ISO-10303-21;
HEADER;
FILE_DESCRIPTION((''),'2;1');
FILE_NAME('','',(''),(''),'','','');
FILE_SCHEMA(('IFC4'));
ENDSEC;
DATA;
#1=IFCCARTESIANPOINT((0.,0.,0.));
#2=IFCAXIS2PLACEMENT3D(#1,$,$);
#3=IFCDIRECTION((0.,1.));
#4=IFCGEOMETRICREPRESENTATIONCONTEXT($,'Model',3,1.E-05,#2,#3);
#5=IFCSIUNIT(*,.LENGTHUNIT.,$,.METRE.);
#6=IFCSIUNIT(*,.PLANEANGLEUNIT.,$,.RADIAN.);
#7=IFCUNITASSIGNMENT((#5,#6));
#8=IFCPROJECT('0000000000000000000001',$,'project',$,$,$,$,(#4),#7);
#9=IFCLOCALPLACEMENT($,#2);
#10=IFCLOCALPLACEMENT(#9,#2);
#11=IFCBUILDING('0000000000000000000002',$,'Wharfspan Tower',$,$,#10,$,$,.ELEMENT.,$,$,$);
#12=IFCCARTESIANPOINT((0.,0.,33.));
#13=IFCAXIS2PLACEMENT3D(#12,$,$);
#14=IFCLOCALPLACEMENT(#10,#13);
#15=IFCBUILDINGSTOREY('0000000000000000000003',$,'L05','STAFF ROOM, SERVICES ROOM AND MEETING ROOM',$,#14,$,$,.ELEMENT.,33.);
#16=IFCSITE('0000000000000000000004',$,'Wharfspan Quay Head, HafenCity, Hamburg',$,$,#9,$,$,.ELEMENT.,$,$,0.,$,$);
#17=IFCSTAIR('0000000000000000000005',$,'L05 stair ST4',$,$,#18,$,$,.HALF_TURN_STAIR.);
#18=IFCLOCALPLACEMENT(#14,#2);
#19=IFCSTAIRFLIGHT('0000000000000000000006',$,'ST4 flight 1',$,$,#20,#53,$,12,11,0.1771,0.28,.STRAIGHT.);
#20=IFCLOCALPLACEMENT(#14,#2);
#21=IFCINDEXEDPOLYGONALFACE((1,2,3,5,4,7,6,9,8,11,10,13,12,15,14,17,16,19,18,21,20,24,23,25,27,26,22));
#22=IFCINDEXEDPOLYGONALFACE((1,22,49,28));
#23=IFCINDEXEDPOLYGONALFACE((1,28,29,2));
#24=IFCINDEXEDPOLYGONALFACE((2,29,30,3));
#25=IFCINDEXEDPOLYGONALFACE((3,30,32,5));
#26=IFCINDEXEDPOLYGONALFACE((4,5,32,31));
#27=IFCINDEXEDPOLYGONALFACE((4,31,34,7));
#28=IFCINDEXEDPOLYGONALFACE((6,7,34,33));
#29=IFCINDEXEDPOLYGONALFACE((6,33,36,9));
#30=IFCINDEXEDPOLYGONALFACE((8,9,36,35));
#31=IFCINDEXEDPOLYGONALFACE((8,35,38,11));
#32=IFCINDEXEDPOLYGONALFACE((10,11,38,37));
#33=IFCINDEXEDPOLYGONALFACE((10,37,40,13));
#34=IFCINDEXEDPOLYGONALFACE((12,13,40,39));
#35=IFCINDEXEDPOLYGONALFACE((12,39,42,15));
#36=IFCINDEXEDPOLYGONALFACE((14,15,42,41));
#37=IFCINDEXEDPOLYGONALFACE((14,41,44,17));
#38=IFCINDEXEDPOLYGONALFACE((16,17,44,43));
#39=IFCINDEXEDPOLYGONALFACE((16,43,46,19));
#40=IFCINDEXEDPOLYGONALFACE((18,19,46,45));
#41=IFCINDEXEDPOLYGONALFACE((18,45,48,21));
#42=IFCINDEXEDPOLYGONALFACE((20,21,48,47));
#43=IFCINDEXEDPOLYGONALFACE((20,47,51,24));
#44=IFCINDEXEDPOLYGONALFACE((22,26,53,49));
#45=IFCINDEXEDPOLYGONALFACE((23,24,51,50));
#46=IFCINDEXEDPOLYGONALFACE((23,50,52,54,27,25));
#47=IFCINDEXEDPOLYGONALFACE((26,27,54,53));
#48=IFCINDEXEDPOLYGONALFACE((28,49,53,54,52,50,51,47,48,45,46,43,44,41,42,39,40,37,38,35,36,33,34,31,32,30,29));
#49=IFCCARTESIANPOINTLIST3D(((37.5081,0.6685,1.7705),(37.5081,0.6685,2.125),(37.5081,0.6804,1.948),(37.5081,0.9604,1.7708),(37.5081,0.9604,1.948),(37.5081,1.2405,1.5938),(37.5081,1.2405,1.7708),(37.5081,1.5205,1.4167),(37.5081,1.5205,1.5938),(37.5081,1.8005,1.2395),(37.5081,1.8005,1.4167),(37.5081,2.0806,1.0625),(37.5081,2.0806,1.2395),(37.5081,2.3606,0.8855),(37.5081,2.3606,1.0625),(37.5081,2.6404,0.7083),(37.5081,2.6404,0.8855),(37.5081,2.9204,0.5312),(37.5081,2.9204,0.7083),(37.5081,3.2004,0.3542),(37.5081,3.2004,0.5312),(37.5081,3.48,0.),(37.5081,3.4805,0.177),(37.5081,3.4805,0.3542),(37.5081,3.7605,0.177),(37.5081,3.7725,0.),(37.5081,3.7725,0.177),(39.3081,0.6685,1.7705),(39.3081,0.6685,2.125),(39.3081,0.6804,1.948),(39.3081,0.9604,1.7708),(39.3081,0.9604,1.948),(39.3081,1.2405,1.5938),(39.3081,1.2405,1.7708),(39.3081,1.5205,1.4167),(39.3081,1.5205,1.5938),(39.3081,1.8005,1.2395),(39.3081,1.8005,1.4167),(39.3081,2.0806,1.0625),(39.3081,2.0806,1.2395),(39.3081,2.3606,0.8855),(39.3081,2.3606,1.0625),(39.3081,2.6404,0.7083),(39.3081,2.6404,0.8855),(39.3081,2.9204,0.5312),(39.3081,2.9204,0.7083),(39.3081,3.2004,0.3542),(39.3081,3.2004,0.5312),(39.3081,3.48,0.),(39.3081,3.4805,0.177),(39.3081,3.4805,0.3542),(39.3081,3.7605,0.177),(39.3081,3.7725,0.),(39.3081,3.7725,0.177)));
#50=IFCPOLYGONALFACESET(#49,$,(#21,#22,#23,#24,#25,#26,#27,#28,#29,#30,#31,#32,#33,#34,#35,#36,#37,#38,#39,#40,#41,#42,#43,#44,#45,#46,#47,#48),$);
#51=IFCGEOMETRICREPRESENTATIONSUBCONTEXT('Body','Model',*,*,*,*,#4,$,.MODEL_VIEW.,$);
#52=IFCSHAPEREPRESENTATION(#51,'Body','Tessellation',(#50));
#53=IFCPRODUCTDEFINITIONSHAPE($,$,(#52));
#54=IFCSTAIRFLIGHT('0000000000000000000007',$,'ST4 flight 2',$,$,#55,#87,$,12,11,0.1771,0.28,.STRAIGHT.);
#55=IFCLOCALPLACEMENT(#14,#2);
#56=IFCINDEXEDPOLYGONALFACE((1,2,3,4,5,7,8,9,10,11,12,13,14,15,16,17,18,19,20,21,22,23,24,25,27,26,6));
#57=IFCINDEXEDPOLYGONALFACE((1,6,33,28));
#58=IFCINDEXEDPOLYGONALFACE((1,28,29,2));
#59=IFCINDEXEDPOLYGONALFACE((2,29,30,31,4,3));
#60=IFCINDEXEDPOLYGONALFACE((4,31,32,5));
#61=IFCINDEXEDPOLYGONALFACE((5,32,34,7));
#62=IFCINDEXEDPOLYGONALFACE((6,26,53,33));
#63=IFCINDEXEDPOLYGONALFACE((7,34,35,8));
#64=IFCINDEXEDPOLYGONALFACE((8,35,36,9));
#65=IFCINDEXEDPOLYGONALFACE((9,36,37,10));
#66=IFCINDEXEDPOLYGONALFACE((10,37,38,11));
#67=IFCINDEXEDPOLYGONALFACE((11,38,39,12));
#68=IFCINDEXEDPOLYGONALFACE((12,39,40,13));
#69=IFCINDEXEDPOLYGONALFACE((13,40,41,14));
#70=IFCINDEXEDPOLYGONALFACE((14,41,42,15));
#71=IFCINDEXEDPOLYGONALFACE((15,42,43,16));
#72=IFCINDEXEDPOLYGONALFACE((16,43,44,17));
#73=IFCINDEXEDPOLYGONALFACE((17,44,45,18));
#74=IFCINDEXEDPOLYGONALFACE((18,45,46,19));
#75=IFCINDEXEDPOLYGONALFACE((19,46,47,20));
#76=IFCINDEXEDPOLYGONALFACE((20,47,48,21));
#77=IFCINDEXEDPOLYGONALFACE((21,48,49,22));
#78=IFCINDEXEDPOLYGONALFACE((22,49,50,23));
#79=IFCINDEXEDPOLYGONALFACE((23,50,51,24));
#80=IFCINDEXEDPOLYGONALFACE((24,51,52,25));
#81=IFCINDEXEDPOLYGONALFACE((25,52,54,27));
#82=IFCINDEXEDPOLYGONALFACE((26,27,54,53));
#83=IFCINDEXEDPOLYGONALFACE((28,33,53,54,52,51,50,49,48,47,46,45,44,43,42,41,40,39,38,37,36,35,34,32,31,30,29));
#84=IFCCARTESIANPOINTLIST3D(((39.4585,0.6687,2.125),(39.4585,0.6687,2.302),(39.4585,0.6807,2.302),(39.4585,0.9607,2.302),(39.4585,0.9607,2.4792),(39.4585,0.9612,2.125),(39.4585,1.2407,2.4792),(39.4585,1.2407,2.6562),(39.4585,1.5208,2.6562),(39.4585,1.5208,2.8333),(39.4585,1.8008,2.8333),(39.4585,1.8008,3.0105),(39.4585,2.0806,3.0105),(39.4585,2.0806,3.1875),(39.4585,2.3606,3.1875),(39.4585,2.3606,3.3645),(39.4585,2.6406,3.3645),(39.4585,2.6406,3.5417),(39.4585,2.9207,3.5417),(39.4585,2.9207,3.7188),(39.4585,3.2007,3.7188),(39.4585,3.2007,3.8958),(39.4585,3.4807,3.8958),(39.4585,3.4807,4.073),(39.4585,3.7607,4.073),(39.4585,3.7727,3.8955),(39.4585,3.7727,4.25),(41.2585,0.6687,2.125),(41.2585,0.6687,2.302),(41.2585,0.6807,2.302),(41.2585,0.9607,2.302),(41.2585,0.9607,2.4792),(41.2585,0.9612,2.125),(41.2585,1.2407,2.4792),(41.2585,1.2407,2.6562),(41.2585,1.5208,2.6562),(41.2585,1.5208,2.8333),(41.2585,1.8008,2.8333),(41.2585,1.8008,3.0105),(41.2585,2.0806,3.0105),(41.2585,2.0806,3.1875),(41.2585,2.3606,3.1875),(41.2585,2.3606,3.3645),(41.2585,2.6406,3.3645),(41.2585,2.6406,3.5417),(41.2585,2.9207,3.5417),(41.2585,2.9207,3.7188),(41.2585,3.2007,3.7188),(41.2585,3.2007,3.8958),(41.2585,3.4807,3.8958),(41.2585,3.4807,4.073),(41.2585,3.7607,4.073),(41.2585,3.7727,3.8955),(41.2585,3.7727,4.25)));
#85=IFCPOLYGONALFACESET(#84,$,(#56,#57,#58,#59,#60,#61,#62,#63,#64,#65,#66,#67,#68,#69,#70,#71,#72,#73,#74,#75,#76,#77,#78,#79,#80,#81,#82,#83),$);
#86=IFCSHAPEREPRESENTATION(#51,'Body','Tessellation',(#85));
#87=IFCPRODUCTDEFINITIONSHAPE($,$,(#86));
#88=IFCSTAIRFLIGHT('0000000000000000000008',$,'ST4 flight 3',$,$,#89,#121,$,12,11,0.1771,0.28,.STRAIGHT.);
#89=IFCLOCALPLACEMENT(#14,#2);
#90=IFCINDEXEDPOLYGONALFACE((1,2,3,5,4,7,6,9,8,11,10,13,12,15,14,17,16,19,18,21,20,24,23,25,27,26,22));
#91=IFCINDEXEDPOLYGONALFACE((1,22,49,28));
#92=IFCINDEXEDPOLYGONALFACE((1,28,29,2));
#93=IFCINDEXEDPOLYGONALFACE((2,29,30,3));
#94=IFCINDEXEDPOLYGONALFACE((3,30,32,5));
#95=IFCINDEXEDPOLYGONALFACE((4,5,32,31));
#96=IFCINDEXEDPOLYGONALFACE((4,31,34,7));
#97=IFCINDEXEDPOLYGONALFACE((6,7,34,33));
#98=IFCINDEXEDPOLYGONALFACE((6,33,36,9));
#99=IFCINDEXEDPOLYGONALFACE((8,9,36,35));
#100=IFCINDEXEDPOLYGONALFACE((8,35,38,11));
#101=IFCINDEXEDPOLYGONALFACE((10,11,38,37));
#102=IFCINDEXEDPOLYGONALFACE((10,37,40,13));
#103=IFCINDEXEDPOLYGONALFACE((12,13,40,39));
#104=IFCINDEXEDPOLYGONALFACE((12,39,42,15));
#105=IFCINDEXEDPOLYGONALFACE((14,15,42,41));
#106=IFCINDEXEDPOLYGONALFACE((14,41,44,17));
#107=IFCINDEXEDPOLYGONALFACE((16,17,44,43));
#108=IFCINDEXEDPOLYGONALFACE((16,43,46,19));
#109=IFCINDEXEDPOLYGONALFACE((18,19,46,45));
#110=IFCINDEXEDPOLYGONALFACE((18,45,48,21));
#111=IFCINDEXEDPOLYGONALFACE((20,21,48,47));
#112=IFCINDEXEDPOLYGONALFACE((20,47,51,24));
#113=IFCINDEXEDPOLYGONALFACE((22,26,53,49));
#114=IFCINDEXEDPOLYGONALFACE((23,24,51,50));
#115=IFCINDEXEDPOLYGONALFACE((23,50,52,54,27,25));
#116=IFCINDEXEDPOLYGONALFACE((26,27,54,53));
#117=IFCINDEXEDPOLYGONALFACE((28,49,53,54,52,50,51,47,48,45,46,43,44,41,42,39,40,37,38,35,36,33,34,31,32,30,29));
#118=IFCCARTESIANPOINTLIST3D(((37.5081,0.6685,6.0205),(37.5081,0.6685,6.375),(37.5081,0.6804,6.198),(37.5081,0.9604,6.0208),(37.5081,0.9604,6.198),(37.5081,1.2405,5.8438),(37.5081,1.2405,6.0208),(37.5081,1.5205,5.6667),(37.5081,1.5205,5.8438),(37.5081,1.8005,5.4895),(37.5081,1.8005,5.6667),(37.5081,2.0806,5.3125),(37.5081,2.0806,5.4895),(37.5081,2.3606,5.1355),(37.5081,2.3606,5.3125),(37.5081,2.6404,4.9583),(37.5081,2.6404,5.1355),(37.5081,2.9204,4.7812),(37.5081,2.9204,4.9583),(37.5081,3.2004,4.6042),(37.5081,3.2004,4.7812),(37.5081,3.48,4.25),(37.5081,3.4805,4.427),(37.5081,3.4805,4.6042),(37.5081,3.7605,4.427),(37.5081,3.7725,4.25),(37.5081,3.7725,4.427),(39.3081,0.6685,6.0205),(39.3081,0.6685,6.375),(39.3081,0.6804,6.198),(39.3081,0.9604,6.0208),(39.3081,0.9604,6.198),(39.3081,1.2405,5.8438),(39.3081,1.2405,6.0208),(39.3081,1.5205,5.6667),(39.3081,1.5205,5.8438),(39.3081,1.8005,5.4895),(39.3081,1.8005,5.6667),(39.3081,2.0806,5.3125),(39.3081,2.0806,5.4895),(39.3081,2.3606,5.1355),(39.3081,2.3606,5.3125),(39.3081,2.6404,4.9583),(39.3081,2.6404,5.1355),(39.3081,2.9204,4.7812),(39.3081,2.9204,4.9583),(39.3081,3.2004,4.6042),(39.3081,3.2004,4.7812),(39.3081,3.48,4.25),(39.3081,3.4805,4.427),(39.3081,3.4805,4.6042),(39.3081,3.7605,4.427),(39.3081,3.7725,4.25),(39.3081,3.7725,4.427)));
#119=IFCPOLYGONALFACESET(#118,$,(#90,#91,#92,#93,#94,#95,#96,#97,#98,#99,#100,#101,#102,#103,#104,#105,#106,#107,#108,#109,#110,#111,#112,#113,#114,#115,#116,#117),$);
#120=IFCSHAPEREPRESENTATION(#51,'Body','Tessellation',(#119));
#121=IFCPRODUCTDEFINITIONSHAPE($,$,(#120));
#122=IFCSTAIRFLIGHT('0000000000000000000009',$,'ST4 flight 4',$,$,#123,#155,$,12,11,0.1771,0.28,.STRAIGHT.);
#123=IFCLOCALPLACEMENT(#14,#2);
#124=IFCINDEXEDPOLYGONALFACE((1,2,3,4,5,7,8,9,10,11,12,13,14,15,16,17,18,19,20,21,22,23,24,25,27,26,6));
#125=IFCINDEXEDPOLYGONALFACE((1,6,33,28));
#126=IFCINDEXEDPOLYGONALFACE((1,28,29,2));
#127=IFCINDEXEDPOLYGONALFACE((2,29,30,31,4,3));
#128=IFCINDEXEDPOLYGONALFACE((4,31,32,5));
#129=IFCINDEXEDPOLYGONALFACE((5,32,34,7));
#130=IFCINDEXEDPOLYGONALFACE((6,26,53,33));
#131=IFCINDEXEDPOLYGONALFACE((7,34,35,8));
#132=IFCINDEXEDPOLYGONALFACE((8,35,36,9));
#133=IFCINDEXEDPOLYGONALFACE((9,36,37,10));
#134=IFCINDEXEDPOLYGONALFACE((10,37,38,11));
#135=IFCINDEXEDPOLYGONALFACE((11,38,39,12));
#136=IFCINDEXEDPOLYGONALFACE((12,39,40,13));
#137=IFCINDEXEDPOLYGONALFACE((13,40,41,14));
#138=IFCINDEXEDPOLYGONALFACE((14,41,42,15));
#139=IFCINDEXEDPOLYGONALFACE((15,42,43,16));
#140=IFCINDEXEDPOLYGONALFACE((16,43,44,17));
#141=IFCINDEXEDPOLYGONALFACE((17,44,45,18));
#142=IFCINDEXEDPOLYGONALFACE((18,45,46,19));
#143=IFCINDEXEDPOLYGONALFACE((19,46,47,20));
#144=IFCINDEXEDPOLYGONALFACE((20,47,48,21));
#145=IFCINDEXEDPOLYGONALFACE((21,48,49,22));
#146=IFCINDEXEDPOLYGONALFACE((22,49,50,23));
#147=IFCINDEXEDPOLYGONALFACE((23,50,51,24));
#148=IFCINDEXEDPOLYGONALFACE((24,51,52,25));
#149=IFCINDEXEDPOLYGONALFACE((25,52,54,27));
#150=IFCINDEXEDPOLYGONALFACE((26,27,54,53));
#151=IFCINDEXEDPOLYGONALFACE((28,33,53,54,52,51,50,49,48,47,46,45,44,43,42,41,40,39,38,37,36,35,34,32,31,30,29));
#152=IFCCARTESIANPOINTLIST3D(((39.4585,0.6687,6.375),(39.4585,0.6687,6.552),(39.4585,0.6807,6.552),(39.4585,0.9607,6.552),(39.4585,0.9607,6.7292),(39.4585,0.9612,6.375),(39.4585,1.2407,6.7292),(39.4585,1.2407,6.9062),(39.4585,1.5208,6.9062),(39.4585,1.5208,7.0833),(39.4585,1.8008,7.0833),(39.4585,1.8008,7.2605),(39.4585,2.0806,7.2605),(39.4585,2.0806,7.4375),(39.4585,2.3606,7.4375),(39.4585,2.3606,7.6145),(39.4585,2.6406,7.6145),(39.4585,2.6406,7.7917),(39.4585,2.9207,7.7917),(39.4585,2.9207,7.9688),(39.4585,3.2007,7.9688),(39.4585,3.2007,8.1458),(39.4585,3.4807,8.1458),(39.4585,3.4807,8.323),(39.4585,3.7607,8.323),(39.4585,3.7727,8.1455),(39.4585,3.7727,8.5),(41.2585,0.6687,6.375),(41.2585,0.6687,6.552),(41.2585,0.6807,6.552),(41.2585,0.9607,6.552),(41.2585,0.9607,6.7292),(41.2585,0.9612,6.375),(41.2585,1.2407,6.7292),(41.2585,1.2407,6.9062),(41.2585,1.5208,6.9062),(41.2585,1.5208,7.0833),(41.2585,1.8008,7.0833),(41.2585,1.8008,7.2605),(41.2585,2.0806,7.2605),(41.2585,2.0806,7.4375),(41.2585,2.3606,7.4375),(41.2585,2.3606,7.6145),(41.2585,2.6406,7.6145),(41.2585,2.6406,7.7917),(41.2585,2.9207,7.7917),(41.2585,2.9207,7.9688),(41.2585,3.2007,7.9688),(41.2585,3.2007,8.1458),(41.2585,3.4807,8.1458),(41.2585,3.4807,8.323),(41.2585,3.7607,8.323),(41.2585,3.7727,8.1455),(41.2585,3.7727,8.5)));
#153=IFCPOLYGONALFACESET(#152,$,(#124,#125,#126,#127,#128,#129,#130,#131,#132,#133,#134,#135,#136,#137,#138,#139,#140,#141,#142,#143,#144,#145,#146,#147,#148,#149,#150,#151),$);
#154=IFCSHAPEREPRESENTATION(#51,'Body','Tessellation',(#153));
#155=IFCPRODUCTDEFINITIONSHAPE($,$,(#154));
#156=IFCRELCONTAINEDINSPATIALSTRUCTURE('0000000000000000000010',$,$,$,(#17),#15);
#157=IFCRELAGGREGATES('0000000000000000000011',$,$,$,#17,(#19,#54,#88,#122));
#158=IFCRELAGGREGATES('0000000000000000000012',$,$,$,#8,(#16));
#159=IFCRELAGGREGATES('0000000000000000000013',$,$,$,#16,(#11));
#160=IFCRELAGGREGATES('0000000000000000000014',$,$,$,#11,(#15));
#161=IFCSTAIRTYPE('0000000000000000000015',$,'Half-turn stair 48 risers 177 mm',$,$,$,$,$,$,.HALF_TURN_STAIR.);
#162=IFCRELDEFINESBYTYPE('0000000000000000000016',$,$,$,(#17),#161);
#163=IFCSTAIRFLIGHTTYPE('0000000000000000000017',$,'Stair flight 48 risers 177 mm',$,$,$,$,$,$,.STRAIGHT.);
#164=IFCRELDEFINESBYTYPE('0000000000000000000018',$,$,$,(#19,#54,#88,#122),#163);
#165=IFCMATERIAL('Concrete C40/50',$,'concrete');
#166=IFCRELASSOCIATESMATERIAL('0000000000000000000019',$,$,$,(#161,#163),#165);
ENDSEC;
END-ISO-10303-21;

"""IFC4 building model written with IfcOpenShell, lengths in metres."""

from ifc_helpers import new_model, si_unit, direction, frame, origin, place, context, subcontext, project, spatial, polyline, outline, extrude, material, type_object, element, aggregate, save


model = new_model("IFC4")

# Units and contexts
model_context = context("Model", 3, precision=1e-05, world=origin(), true_north=direction((0.0, 1.0)))
body_context = subcontext(model_context, "Body", "Model", "MODEL_VIEW")
ifc_project = project(units=[si_unit("LENGTHUNIT", "METRE"), si_unit("PLANEANGLEUNIT", "RADIAN")], contexts=[model_context])

# Site, building, storey
site_placement = place(None, origin())
site = spatial("IfcSite", under=ifc_project, at=site_placement, Name="Wharfspan Quay Head, HafenCity, Hamburg", CompositionType="ELEMENT", RefElevation=0.0)
building_placement = place(site_placement, origin())
building = spatial("IfcBuilding", under=site, at=building_placement, Name="Wharfspan Tower", CompositionType="ELEMENT")
storey_placement = place(building_placement, frame((0.0, 0.0, 33.0)))
storey = spatial("IfcBuildingStorey", under=building, at=storey_placement, Name="L05", Description="STAFF ROOM, SERVICES ROOM AND MEETING ROOM", CompositionType="ELEMENT", Elevation=33.0)

# Shared definitions
ifc_material_1 = material(Name="Concrete C40/50", Category="concrete")

# Stair, stair flights
stair_type = type_object("IfcStairType", Name="Half-turn stair 48 risers 177 mm", PredefinedType="HALF_TURN_STAIR", material=ifc_material_1)
stair_placement = place(storey_placement, origin())
stair = element("IfcStair", 1, at=stair_placement, inside=storey, type_object=stair_type, Name="L05 stair ST4", PredefinedType="HALF_TURN_STAIR")
stair_flight_type = type_object("IfcStairFlightType", Name="Stair flight 48 risers 177 mm", PredefinedType="STRAIGHT", material=ifc_material_1)
stair_flight_1_placement = place(storey_placement, frame((38.4082, 3.7605, 0.0), z_axis=(0.0, 0.0, 1.0), x_axis=(0.0, -1.0, 0.0)))
stair_flight_1 = element("IfcStairFlight", 2, at=stair_flight_1_placement, type_object=stair_flight_type, Name="ST4 flight 1", NumberOfRisers=12, NumberOfTreads=11, PredefinedType="STRAIGHT", RiserHeight=0.1771, TreadLength=0.28, context=body_context, shape_type="SweptSolid", body=[
    extrude(outline(polyline([(-0.012, 0.0), (-0.012, 0.177), (0.0, 0.177), (0.28, 0.177), (0.28, 0.3542), (0.5601, 0.3542), (0.5601, 0.5312), (0.8401, 0.5312), (0.8401, 0.7083), (1.1201, 0.7083), (1.1201, 0.8855), (1.3999, 0.8855), (1.3999, 1.0625), (1.6799, 1.0625), (1.6799, 1.2395), (1.96, 1.2395), (1.96, 1.4167), (2.24, 1.4167), (2.24, 1.5938), (2.52, 1.5938), (2.52, 1.7708), (2.8, 1.7708), (2.8, 1.948), (3.0801, 1.948), (3.092, 2.125), (3.092, 1.7705), (0.2805, 0.0), (-0.012, 0.0)])), frame((0.0, 0.8999, 0.0), z_axis=(0.0, -1.0, 0.0), x_axis=(1.0, 0.0, 0.0)), (0.0, 0.0, 1.0), 1.8),
])
stair_flight_2_placement = place(storey_placement, frame((40.3584, 0.6807, 2.125), z_axis=(0.0, 0.0, 1.0), x_axis=(0.0, 1.0, 0.0)))
stair_flight_2 = element("IfcStairFlight", 3, at=stair_flight_2_placement, type_object=stair_flight_type, Name="ST4 flight 2", NumberOfRisers=12, NumberOfTreads=11, PredefinedType="STRAIGHT", RiserHeight=0.1771, TreadLength=0.28, context=body_context, shape_type="SweptSolid", body=[
    extrude(outline(polyline([(-0.012, 0.0), (-0.012, 0.177), (0.0, 0.177), (0.28, 0.177), (0.28, 0.3542), (0.5601, 0.3542), (0.5601, 0.5312), (0.8401, 0.5312), (0.8401, 0.7083), (1.1201, 0.7083), (1.1201, 0.8855), (1.3999, 0.8855), (1.3999, 1.0625), (1.6799, 1.0625), (1.6799, 1.2395), (1.96, 1.2395), (1.96, 1.4167), (2.24, 1.4167), (2.24, 1.5938), (2.52, 1.5938), (2.52, 1.7708), (2.8, 1.7708), (2.8, 1.948), (3.0801, 1.948), (3.092, 2.125), (3.092, 1.7705), (0.2805, 0.0), (-0.012, 0.0)])), frame((0.0, 0.8999, 0.0), z_axis=(0.0, -1.0, 0.0), x_axis=(1.0, 0.0, 0.0)), (0.0, 0.0, 1.0), 1.8),
])
stair_flight_3_placement = place(storey_placement, frame((38.4082, 3.7605, 4.25), z_axis=(0.0, 0.0, 1.0), x_axis=(0.0, -1.0, 0.0)))
stair_flight_3 = element("IfcStairFlight", 4, at=stair_flight_3_placement, type_object=stair_flight_type, Name="ST4 flight 3", NumberOfRisers=12, NumberOfTreads=11, PredefinedType="STRAIGHT", RiserHeight=0.1771, TreadLength=0.28, context=body_context, shape_type="SweptSolid", body=[
    extrude(outline(polyline([(-0.012, 0.0), (-0.012, 0.177), (0.0, 0.177), (0.28, 0.177), (0.28, 0.3542), (0.5601, 0.3542), (0.5601, 0.5312), (0.8401, 0.5312), (0.8401, 0.7083), (1.1201, 0.7083), (1.1201, 0.8855), (1.3999, 0.8855), (1.3999, 1.0625), (1.6799, 1.0625), (1.6799, 1.2395), (1.96, 1.2395), (1.96, 1.4167), (2.24, 1.4167), (2.24, 1.5938), (2.52, 1.5938), (2.52, 1.7708), (2.8, 1.7708), (2.8, 1.948), (3.0801, 1.948), (3.092, 2.125), (3.092, 1.7705), (0.2805, 0.0), (-0.012, 0.0)])), frame((0.0, 0.8999, 0.0), z_axis=(0.0, -1.0, 0.0), x_axis=(1.0, 0.0, 0.0)), (0.0, 0.0, 1.0), 1.8),
])
stair_flight_4_placement = place(storey_placement, frame((40.3584, 0.6807, 6.375), z_axis=(0.0, 0.0, 1.0), x_axis=(0.0, 1.0, 0.0)))
stair_flight_4 = element("IfcStairFlight", 5, at=stair_flight_4_placement, type_object=stair_flight_type, Name="ST4 flight 4", NumberOfRisers=12, NumberOfTreads=11, PredefinedType="STRAIGHT", RiserHeight=0.1771, TreadLength=0.28, context=body_context, shape_type="SweptSolid", body=[
    extrude(outline(polyline([(-0.012, 0.0), (-0.012, 0.177), (0.0, 0.177), (0.28, 0.177), (0.28, 0.3542), (0.5601, 0.3542), (0.5601, 0.5312), (0.8401, 0.5312), (0.8401, 0.7083), (1.1201, 0.7083), (1.1201, 0.8855), (1.3999, 0.8855), (1.3999, 1.0625), (1.6799, 1.0625), (1.6799, 1.2395), (1.96, 1.2395), (1.96, 1.4167), (2.24, 1.4167), (2.24, 1.5938), (2.52, 1.5938), (2.52, 1.7708), (2.8, 1.7708), (2.8, 1.948), (3.0801, 1.948), (3.092, 2.125), (3.092, 1.7705), (0.2805, 0.0), (-0.012, 0.0)])), frame((0.0, 0.8999, 0.0), z_axis=(0.0, -1.0, 0.0), x_axis=(1.0, 0.0, 0.0)), (0.0, 0.0, 1.0), 1.8),
])
aggregate(stair, [stair_flight_1, stair_flight_2, stair_flight_3, stair_flight_4])

save(model, "model.ifc")
